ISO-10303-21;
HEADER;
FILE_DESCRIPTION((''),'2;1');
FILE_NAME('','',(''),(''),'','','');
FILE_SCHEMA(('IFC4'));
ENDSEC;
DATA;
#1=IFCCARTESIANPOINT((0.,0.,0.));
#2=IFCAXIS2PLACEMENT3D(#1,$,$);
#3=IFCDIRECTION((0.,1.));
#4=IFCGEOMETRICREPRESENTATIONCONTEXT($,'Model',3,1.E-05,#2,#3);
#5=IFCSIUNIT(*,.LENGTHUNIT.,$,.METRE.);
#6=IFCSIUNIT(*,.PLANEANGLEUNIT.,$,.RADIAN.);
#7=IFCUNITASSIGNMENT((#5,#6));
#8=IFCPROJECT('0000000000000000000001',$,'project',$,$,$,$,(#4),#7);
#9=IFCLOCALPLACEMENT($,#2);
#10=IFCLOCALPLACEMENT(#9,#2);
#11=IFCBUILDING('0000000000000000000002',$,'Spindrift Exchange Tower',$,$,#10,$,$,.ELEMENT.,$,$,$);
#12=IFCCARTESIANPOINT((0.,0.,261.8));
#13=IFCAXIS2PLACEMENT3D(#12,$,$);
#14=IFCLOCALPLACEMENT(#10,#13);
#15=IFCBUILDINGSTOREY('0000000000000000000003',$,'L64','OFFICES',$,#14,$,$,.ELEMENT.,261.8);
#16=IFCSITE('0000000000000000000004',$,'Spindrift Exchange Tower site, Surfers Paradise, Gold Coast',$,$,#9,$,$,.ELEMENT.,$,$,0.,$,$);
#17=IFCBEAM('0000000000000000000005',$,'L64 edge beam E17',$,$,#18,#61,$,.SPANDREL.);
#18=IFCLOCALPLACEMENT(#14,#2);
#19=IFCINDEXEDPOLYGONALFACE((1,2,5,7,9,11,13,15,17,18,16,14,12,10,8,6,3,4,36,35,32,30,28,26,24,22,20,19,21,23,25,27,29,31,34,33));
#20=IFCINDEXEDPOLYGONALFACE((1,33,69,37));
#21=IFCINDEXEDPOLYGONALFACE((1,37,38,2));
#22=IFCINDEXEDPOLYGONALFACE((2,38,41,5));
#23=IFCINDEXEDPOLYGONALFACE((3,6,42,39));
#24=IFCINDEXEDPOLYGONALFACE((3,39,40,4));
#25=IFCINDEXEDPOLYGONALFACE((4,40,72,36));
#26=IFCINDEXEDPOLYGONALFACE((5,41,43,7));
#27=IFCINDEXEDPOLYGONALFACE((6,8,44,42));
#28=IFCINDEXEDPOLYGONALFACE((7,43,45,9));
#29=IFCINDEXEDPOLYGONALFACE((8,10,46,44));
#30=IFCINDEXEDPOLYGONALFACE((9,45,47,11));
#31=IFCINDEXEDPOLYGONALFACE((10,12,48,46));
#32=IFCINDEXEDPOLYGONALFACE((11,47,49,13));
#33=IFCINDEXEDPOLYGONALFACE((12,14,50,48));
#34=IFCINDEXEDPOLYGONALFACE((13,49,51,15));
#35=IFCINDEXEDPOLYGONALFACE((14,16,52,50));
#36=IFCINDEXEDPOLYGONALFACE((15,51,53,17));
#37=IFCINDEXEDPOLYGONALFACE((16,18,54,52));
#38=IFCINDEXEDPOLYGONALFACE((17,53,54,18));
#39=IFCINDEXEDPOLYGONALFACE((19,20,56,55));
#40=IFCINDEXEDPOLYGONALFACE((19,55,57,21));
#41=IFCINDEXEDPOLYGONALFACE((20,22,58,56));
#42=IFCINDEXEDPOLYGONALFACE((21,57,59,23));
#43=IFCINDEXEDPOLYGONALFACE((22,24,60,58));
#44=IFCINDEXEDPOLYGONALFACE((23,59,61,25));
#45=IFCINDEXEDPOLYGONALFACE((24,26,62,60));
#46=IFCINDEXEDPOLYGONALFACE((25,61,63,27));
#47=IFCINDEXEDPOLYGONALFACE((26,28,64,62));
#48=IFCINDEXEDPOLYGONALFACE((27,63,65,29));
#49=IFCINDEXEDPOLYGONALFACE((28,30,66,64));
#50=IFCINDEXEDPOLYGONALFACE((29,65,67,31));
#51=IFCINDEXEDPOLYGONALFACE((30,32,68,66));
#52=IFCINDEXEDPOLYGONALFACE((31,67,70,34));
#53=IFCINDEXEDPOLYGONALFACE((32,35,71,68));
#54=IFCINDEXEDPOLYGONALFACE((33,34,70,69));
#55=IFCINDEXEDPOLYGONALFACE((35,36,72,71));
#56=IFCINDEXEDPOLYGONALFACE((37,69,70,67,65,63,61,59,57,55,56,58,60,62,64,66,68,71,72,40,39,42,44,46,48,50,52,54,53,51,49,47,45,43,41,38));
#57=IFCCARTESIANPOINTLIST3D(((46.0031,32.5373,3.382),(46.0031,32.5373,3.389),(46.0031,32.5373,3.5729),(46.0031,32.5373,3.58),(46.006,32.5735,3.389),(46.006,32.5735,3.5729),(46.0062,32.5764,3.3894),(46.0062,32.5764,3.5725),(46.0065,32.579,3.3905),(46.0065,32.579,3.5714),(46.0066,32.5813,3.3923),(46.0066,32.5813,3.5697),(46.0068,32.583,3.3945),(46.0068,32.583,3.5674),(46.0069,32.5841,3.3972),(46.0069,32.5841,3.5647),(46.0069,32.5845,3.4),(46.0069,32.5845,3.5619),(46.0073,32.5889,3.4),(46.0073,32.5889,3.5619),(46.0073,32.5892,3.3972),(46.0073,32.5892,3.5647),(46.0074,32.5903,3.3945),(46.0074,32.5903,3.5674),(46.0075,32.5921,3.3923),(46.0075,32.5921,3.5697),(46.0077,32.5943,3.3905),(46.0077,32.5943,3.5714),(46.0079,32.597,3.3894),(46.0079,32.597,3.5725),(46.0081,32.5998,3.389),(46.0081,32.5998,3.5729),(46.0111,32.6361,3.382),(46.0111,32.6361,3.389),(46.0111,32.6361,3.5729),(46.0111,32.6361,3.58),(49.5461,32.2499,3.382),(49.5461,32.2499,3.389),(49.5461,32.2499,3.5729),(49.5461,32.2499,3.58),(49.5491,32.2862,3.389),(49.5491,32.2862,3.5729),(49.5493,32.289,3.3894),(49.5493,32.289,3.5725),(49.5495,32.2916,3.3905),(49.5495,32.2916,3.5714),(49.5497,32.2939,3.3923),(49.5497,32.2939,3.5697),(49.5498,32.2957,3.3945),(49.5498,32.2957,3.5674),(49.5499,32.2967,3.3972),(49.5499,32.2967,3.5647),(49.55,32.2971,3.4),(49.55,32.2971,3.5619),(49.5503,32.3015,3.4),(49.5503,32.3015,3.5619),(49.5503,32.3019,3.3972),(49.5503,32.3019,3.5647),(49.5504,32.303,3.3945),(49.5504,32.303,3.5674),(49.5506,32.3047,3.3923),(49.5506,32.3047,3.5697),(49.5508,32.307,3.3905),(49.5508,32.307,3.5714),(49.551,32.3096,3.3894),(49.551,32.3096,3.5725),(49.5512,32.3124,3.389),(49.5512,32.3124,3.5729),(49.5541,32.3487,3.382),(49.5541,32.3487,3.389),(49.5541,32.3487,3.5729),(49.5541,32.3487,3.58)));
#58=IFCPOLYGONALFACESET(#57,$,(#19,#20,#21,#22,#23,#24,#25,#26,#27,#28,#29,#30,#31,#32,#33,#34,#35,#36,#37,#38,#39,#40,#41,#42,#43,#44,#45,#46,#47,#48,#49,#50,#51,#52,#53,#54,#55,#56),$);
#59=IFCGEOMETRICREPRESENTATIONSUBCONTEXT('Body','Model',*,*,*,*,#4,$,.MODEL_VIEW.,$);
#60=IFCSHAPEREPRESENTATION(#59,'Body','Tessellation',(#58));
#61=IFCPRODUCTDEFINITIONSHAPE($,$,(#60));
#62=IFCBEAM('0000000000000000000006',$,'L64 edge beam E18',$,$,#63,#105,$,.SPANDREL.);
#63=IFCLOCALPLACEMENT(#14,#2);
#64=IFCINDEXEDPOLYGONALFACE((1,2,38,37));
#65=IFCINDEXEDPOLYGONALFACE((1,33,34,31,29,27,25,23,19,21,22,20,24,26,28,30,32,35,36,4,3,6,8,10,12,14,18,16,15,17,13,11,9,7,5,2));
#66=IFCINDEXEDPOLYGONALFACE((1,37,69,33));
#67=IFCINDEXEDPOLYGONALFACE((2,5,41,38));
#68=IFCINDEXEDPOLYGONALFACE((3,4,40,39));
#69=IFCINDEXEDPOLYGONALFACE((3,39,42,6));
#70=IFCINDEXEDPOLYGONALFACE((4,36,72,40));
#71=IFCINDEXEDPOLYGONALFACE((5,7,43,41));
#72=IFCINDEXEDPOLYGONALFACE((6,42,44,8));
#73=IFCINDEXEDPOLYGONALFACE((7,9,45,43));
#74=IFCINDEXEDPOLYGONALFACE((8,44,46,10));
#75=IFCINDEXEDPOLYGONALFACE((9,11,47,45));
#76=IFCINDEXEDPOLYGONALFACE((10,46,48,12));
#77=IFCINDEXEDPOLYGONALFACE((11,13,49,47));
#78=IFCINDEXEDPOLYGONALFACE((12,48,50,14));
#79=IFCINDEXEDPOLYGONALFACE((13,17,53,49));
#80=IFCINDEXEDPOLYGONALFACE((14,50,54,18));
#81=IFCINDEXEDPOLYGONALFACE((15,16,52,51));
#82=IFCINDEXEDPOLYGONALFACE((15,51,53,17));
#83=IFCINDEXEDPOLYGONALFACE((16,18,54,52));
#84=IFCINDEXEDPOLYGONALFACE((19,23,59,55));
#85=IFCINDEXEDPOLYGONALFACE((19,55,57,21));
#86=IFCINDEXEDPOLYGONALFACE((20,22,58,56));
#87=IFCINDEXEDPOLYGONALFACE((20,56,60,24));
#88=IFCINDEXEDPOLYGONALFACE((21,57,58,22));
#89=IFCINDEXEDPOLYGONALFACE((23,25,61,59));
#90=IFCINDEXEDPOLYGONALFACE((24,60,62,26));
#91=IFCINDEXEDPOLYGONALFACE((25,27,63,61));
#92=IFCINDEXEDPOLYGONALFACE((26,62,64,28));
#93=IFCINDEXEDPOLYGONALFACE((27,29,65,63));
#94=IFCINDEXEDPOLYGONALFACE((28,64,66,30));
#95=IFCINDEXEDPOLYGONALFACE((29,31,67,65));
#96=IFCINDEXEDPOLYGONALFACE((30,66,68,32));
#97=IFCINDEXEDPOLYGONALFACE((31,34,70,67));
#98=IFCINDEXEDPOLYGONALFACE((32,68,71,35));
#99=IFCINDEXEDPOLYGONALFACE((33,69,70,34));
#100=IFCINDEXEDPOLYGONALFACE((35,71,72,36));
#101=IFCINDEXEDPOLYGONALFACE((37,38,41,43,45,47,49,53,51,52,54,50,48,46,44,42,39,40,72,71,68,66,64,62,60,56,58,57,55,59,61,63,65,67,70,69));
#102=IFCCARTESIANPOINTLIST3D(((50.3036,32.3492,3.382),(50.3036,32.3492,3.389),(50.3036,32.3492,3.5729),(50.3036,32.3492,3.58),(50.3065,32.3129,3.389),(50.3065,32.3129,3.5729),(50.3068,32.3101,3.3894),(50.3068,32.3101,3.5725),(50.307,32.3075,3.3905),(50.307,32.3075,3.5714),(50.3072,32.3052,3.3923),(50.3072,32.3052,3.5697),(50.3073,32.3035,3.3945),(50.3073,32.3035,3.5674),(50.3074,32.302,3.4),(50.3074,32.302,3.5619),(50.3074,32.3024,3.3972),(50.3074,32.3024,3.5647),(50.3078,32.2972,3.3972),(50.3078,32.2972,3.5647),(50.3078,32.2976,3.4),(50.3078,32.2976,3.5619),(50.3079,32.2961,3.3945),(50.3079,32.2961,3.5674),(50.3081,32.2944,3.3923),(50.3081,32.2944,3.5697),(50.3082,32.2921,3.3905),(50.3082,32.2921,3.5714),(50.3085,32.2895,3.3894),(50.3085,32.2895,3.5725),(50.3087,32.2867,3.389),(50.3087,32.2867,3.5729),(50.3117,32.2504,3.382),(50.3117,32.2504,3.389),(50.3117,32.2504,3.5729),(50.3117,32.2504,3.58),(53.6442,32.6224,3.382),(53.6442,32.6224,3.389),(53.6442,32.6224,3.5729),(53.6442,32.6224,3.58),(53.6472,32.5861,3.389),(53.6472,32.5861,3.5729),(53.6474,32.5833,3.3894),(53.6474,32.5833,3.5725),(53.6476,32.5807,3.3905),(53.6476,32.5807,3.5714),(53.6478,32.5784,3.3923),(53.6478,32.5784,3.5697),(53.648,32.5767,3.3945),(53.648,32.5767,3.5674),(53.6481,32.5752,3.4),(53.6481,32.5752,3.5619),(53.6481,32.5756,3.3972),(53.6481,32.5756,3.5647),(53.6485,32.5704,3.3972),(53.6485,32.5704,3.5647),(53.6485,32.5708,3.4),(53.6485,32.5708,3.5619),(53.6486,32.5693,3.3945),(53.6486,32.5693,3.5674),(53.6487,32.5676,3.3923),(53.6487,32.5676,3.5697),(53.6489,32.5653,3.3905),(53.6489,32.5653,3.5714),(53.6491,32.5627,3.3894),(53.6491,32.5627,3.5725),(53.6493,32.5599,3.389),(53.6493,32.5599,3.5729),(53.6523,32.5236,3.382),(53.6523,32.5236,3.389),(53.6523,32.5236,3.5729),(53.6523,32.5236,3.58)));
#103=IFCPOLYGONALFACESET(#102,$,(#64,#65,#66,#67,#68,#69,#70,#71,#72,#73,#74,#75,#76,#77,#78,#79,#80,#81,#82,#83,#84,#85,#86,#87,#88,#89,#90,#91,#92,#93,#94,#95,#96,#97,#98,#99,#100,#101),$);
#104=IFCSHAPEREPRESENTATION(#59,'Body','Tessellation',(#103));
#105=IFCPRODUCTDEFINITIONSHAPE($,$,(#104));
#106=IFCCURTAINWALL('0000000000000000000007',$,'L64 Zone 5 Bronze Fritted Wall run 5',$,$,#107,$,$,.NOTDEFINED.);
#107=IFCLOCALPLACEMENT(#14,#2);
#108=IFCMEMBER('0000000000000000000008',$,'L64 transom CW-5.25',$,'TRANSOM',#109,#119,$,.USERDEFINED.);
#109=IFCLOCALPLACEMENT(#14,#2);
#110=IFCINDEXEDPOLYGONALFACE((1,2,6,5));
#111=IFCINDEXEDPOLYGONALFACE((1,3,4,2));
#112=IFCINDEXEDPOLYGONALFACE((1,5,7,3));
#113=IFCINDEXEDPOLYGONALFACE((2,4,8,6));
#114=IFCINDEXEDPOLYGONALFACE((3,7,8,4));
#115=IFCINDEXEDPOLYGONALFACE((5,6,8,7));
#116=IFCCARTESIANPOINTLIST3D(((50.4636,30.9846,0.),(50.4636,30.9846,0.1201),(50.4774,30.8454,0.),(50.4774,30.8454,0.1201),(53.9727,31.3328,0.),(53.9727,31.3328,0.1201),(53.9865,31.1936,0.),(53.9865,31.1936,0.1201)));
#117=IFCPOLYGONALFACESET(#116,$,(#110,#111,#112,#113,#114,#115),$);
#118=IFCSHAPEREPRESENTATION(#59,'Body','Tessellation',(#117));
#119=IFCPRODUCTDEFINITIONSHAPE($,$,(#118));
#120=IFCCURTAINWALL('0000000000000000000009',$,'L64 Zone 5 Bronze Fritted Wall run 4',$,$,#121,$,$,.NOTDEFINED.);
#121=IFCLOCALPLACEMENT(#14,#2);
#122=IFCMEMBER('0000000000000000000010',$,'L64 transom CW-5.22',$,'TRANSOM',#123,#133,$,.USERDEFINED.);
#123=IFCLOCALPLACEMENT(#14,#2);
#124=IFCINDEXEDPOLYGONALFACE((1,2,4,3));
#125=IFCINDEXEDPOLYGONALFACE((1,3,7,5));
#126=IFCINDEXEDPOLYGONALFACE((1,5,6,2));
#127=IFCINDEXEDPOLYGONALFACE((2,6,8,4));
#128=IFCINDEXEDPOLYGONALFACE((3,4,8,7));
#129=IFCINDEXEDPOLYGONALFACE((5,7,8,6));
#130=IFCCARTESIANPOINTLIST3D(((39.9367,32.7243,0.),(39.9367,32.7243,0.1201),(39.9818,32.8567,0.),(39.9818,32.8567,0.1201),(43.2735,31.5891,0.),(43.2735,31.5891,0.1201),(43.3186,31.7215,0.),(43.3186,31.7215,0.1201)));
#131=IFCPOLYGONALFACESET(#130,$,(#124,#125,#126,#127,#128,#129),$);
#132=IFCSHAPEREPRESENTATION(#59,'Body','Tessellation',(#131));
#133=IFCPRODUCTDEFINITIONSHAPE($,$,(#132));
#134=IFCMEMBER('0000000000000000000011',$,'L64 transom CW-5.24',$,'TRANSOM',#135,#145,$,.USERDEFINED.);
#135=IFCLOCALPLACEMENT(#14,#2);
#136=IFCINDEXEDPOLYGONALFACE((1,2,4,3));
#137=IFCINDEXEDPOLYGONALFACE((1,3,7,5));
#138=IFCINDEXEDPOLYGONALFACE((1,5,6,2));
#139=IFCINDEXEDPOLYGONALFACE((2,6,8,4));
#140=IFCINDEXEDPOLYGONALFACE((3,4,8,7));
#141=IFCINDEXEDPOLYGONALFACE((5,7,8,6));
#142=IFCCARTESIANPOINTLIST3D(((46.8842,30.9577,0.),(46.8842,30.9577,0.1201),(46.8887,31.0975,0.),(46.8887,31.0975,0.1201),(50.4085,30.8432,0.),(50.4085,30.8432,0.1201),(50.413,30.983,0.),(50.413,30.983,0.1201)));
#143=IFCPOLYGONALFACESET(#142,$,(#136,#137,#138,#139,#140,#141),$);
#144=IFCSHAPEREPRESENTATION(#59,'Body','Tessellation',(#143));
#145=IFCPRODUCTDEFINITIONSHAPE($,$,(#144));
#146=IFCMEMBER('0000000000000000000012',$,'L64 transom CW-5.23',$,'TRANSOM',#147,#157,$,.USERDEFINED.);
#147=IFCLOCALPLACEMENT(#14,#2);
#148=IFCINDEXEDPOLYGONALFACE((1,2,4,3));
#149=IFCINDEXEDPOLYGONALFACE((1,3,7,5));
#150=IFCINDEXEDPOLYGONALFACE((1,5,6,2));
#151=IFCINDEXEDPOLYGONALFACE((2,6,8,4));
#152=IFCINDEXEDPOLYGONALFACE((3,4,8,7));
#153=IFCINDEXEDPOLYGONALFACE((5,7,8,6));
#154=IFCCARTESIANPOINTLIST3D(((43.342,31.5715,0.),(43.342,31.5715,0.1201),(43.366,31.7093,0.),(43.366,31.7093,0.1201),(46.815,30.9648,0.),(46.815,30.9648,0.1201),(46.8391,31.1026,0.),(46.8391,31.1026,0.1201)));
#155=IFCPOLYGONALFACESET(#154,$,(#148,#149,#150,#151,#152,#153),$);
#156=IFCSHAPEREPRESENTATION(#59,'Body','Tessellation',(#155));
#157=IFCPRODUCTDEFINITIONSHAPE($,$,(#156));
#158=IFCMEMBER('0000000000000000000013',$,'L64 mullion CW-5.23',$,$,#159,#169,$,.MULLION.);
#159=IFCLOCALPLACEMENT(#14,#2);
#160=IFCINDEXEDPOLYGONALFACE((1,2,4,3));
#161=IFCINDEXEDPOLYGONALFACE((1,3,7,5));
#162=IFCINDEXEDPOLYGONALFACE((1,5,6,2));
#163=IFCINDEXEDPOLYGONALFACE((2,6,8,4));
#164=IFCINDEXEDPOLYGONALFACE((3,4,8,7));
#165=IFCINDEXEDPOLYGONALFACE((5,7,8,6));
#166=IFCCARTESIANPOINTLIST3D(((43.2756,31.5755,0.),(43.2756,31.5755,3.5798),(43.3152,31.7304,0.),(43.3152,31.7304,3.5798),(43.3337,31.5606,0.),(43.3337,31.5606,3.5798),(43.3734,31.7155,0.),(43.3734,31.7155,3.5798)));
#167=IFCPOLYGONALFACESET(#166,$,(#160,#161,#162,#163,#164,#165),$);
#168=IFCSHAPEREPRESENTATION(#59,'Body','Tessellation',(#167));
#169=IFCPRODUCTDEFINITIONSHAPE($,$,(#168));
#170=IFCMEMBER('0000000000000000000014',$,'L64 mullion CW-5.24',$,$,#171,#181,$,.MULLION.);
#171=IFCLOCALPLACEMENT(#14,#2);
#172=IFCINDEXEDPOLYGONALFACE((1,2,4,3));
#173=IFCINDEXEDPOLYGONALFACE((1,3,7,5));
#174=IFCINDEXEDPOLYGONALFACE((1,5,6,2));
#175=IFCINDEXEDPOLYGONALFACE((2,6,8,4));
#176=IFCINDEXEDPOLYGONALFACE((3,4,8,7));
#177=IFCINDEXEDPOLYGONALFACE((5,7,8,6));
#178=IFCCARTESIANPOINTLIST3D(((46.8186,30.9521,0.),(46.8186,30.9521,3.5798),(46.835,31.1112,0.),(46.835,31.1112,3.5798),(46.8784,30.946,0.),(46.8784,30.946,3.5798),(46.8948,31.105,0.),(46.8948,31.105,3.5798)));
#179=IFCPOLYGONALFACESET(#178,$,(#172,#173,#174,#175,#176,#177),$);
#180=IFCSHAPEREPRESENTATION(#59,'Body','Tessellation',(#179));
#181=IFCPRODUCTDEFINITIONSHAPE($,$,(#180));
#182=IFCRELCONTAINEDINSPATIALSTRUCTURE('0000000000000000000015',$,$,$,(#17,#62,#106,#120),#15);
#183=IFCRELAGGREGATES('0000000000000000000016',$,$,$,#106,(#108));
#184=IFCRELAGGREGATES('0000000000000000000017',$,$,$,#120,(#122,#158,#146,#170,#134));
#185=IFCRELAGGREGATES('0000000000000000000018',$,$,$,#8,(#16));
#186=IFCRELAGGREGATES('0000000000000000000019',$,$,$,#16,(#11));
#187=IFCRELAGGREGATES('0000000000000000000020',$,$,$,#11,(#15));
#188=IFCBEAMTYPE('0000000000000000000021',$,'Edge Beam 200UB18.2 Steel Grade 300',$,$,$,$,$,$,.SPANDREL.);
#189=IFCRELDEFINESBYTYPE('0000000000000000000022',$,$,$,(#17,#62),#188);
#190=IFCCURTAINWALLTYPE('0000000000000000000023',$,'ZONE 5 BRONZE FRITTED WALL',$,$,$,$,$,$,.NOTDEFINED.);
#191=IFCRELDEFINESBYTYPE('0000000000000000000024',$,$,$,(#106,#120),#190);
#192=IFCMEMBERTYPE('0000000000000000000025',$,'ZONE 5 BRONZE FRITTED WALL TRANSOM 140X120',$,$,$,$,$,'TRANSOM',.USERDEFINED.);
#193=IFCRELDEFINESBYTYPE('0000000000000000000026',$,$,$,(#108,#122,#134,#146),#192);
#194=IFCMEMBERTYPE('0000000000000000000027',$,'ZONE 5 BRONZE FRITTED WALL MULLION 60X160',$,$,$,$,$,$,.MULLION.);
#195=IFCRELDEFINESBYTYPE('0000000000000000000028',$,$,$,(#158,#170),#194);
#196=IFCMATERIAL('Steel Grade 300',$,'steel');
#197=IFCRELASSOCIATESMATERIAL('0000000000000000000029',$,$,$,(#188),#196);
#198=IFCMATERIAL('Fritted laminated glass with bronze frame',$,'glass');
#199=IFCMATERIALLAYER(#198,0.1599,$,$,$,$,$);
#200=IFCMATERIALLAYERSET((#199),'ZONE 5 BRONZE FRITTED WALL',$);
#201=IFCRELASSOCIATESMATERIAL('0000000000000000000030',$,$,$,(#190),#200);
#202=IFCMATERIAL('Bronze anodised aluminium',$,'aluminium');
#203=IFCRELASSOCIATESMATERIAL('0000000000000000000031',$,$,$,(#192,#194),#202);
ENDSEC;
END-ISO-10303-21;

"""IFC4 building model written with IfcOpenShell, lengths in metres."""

from ifc_helpers import new_model, si_unit, direction, frame, origin, origin_2d, place, context, subcontext, project, spatial, rectangle, i_section, extrude, source, transform, mapped, material, layer, layer_set, material_profile, profile_set, type_object, element, aggregate, save


model = new_model("IFC4")

# Units and contexts
model_context = context("Model", 3, precision=1e-05, world=origin(), true_north=direction((0.0, 1.0)))
body_context = subcontext(model_context, "Body", "Model", "MODEL_VIEW")
ifc_project = project(units=[si_unit("LENGTHUNIT", "METRE"), si_unit("PLANEANGLEUNIT", "RADIAN")], contexts=[model_context])

# Site, building, storey
site_placement = place(None, origin())
site = spatial("IfcSite", under=ifc_project, at=site_placement, Name="Spindrift Exchange Tower site, Surfers Paradise, Gold Coast", CompositionType="ELEMENT", RefElevation=0.0)
building_placement = place(site_placement, origin())
building = spatial("IfcBuilding", under=site, at=building_placement, Name="Spindrift Exchange Tower", CompositionType="ELEMENT")
storey_placement = place(building_placement, frame((0.0, 0.0, 261.8)))
storey = spatial("IfcBuildingStorey", under=building, at=storey_placement, Name="L64", Description="OFFICES", CompositionType="ELEMENT", Elevation=261.8)

# Beams
ifc_material_1 = material(Name="Steel Grade 300", Category="steel")
ifc_material_profile_1 = material_profile(ifc_material_1, i_section(OverallWidth=0.0991, OverallDepth=0.198, WebThickness=0.0044, FlangeThickness=0.0071, FilletRadius=0.011, at=origin_2d()), Name="200UB18.2")
ifc_profile_set_1 = profile_set([ifc_material_profile_1], Name="Steel Grade 300")
beam_type = type_object("IfcBeamType", Name="Edge Beam 200UB18.2 Steel Grade 300", PredefinedType="SPANDREL", material=ifc_profile_set_1)
shared_shape_1 = source(origin(), body_context, "Body", "SweptSolid", [
    extrude(i_section(OverallWidth=0.0991, OverallDepth=0.198, WebThickness=0.0044, FlangeThickness=0.0071, FilletRadius=0.011, at=origin_2d()), origin(), (0.0, 0.0, 1.0), 3.5547),
])
beam_1_placement = place(storey_placement, frame((46.0071, 32.5867, 3.481), z_axis=(0.996727, -0.08084, 0.0), x_axis=(0.08084, 0.996727, 0.0)))
element("IfcBeam", 1, at=beam_1_placement, inside=storey, type_object=beam_type, Name="L64 edge beam E17", PredefinedType="SPANDREL", context=body_context, shape_type="MappedRepresentation", body=[
    mapped(shared_shape_1, transform((0.0, 0.0, 0.0), scale=1.0)),
])
shared_shape_2 = source(origin(), body_context, "Body", "SweptSolid", [
    extrude(i_section(OverallWidth=0.0991, OverallDepth=0.198, WebThickness=0.0044, FlangeThickness=0.0071, FilletRadius=0.011, at=origin_2d()), origin(), (0.0, 0.0, 1.0), 3.3518),
])
beam_2_placement = place(storey_placement, frame((50.3076, 32.2998, 3.481), z_axis=(0.996673, 0.081508, 0.0), x_axis=(-0.081508, 0.996673, 0.0)))
element("IfcBeam", 2, at=beam_2_placement, inside=storey, type_object=beam_type, Name="L64 edge beam E18", PredefinedType="SPANDREL", context=body_context, shape_type="MappedRepresentation", body=[
    mapped(shared_shape_2, transform((0.0, 0.0, 0.0), scale=1.0)),
])

# Curtain wall, member
ifc_material_2 = material(Name="Fritted laminated glass with bronze frame", Category="glass")
ifc_layer_1 = layer(ifc_material_2, 0.1599)
ifc_layer_set_1 = layer_set([ifc_layer_1], Name="ZONE 5 BRONZE FRITTED WALL")
curtain_wall_type = type_object("IfcCurtainWallType", Name="ZONE 5 BRONZE FRITTED WALL", PredefinedType="NOTDEFINED", material=ifc_layer_set_1)
curtain_wall_1_placement = place(storey_placement, origin())
curtain_wall_1 = element("IfcCurtainWall", 3, at=curtain_wall_1_placement, inside=storey, type_object=curtain_wall_type, Name="L64 Zone 5 Bronze Fritted Wall run 5", PredefinedType="NOTDEFINED")
ifc_material_3 = material(Name="Bronze anodised aluminium", Category="aluminium")
ifc_material_profile_2 = material_profile(ifc_material_3, rectangle(XDim=0.1399, YDim=0.1201, at=origin_2d()), Name="ZONE 5 BRONZE FRITTED WALL TRANSOM 140X120")
ifc_profile_set_2 = profile_set([ifc_material_profile_2], Name="Bronze anodised aluminium")
member_type_1 = type_object("IfcMemberType", Name="ZONE 5 BRONZE FRITTED WALL TRANSOM 140X120", ElementType="TRANSOM", PredefinedType="USERDEFINED", material=ifc_profile_set_2)
shared_shape_3 = source(origin(), body_context, "Body", "SweptSolid", [
    extrude(rectangle(XDim=0.1399, YDim=0.1201, at=origin_2d()), origin(), (0.0, 0.0, 1.0), 3.5264),
])
member_1_placement = place(storey_placement, frame((50.4705, 30.915, 0.0601), z_axis=(0.995114, 0.098729, 0.0), x_axis=(-0.098729, 0.995114, 0.0)))
member_1 = element("IfcMember", 4, at=member_1_placement, type_object=member_type_1, Name="L64 transom CW-5.25", ObjectType="TRANSOM", PredefinedType="USERDEFINED", context=body_context, shape_type="MappedRepresentation", body=[
    mapped(shared_shape_3, transform((0.0, 0.0, 0.0), scale=1.0)),
])

# Curtain wall, members
curtain_wall_2_placement = place(storey_placement, origin())
curtain_wall_2 = element("IfcCurtainWall", 5, at=curtain_wall_2_placement, inside=storey, type_object=curtain_wall_type, Name="L64 Zone 5 Bronze Fritted Wall run 4", PredefinedType="NOTDEFINED")
shared_shape_4 = source(origin(), body_context, "Body", "SweptSolid", [
    extrude(rectangle(XDim=0.1399, YDim=0.1201, at=origin_2d()), origin(), (0.0, 0.0, 1.0), 3.5247),
])
member_2_placement = place(storey_placement, frame((39.9592, 32.7905, 0.0601), z_axis=(0.946712, -0.322082, 0.0), x_axis=(0.322082, 0.946712, 0.0)))
member_2 = element("IfcMember", 6, at=member_2_placement, type_object=member_type_1, Name="L64 transom CW-5.22", ObjectType="TRANSOM", PredefinedType="USERDEFINED", context=body_context, shape_type="MappedRepresentation", body=[
    mapped(shared_shape_4, transform((0.0, 0.0, 0.0), scale=1.0)),
])
shared_shape_5 = source(origin(), body_context, "Body", "SweptSolid", [
    extrude(rectangle(XDim=0.1399, YDim=0.1201, at=origin_2d()), origin(), (0.0, 0.0, 1.0), 3.5261),
])
member_3_placement = place(storey_placement, frame((46.8865, 31.0276, 0.0601), z_axis=(0.999473, -0.032473, 0.0), x_axis=(0.032473, 0.999473, 0.0)))
member_3 = element("IfcMember", 7, at=member_3_placement, type_object=member_type_1, Name="L64 transom CW-5.24", ObjectType="TRANSOM", PredefinedType="USERDEFINED", context=body_context, shape_type="MappedRepresentation", body=[
    mapped(shared_shape_5, transform((0.0, 0.0, 0.0), scale=1.0)),
])
shared_shape_6 = source(origin(), body_context, "Body", "SweptSolid", [
    extrude(rectangle(XDim=0.1399, YDim=0.1201, at=origin_2d()), origin(), (0.0, 0.0, 1.0), 3.5256),
])
member_4_placement = place(storey_placement, frame((43.354, 31.6404, 0.0601), z_axis=(0.985084, -0.172075, 0.0), x_axis=(0.172075, 0.985084, 0.0)))
member_4 = element("IfcMember", 8, at=member_4_placement, type_object=member_type_1, Name="L64 transom CW-5.23", ObjectType="TRANSOM", PredefinedType="USERDEFINED", context=body_context, shape_type="MappedRepresentation", body=[
    mapped(shared_shape_6, transform((0.0, 0.0, 0.0), scale=1.0)),
])
ifc_material_profile_3 = material_profile(ifc_material_3, rectangle(XDim=0.0601, YDim=0.1599, at=origin_2d()), Name="ZONE 5 BRONZE FRITTED WALL MULLION 60X160")
ifc_profile_set_3 = profile_set([ifc_material_profile_3], Name="Bronze anodised aluminium")
member_type_2 = type_object("IfcMemberType", Name="ZONE 5 BRONZE FRITTED WALL MULLION 60X160", PredefinedType="MULLION", material=ifc_profile_set_3)
shared_shape_7 = source(origin(), body_context, "Body", "SweptSolid", [
    extrude(rectangle(XDim=0.0601, YDim=0.1599, at=origin_2d()), origin(), (0.0, 0.0, 1.0), 3.5798),
])
member_5_placement = place(storey_placement, frame((43.3245, 31.6455, 0.0), z_axis=(0.0, 0.0, 1.0), x_axis=(0.968797, -0.247857, 0.0)))
member_5 = element("IfcMember", 9, at=member_5_placement, type_object=member_type_2, Name="L64 mullion CW-5.23", PredefinedType="MULLION", context=body_context, shape_type="MappedRepresentation", body=[
    mapped(shared_shape_7, transform((0.0, 0.0, 0.0), scale=1.0)),
])
member_6_placement = place(storey_placement, frame((46.8567, 31.0286, 0.0), z_axis=(0.0, 0.0, 1.0), x_axis=(0.994728, -0.102549, 0.0)))
member_6 = element("IfcMember", 10, at=member_6_placement, type_object=member_type_2, Name="L64 mullion CW-5.24", PredefinedType="MULLION", context=body_context, shape_type="MappedRepresentation", body=[
    mapped(shared_shape_7, transform((0.0, 0.0, 0.0), scale=1.0)),
])

aggregate(curtain_wall_1, [member_1])

aggregate(curtain_wall_2, [member_2, member_5, member_4, member_6, member_3])

save(model, "model.ifc")
